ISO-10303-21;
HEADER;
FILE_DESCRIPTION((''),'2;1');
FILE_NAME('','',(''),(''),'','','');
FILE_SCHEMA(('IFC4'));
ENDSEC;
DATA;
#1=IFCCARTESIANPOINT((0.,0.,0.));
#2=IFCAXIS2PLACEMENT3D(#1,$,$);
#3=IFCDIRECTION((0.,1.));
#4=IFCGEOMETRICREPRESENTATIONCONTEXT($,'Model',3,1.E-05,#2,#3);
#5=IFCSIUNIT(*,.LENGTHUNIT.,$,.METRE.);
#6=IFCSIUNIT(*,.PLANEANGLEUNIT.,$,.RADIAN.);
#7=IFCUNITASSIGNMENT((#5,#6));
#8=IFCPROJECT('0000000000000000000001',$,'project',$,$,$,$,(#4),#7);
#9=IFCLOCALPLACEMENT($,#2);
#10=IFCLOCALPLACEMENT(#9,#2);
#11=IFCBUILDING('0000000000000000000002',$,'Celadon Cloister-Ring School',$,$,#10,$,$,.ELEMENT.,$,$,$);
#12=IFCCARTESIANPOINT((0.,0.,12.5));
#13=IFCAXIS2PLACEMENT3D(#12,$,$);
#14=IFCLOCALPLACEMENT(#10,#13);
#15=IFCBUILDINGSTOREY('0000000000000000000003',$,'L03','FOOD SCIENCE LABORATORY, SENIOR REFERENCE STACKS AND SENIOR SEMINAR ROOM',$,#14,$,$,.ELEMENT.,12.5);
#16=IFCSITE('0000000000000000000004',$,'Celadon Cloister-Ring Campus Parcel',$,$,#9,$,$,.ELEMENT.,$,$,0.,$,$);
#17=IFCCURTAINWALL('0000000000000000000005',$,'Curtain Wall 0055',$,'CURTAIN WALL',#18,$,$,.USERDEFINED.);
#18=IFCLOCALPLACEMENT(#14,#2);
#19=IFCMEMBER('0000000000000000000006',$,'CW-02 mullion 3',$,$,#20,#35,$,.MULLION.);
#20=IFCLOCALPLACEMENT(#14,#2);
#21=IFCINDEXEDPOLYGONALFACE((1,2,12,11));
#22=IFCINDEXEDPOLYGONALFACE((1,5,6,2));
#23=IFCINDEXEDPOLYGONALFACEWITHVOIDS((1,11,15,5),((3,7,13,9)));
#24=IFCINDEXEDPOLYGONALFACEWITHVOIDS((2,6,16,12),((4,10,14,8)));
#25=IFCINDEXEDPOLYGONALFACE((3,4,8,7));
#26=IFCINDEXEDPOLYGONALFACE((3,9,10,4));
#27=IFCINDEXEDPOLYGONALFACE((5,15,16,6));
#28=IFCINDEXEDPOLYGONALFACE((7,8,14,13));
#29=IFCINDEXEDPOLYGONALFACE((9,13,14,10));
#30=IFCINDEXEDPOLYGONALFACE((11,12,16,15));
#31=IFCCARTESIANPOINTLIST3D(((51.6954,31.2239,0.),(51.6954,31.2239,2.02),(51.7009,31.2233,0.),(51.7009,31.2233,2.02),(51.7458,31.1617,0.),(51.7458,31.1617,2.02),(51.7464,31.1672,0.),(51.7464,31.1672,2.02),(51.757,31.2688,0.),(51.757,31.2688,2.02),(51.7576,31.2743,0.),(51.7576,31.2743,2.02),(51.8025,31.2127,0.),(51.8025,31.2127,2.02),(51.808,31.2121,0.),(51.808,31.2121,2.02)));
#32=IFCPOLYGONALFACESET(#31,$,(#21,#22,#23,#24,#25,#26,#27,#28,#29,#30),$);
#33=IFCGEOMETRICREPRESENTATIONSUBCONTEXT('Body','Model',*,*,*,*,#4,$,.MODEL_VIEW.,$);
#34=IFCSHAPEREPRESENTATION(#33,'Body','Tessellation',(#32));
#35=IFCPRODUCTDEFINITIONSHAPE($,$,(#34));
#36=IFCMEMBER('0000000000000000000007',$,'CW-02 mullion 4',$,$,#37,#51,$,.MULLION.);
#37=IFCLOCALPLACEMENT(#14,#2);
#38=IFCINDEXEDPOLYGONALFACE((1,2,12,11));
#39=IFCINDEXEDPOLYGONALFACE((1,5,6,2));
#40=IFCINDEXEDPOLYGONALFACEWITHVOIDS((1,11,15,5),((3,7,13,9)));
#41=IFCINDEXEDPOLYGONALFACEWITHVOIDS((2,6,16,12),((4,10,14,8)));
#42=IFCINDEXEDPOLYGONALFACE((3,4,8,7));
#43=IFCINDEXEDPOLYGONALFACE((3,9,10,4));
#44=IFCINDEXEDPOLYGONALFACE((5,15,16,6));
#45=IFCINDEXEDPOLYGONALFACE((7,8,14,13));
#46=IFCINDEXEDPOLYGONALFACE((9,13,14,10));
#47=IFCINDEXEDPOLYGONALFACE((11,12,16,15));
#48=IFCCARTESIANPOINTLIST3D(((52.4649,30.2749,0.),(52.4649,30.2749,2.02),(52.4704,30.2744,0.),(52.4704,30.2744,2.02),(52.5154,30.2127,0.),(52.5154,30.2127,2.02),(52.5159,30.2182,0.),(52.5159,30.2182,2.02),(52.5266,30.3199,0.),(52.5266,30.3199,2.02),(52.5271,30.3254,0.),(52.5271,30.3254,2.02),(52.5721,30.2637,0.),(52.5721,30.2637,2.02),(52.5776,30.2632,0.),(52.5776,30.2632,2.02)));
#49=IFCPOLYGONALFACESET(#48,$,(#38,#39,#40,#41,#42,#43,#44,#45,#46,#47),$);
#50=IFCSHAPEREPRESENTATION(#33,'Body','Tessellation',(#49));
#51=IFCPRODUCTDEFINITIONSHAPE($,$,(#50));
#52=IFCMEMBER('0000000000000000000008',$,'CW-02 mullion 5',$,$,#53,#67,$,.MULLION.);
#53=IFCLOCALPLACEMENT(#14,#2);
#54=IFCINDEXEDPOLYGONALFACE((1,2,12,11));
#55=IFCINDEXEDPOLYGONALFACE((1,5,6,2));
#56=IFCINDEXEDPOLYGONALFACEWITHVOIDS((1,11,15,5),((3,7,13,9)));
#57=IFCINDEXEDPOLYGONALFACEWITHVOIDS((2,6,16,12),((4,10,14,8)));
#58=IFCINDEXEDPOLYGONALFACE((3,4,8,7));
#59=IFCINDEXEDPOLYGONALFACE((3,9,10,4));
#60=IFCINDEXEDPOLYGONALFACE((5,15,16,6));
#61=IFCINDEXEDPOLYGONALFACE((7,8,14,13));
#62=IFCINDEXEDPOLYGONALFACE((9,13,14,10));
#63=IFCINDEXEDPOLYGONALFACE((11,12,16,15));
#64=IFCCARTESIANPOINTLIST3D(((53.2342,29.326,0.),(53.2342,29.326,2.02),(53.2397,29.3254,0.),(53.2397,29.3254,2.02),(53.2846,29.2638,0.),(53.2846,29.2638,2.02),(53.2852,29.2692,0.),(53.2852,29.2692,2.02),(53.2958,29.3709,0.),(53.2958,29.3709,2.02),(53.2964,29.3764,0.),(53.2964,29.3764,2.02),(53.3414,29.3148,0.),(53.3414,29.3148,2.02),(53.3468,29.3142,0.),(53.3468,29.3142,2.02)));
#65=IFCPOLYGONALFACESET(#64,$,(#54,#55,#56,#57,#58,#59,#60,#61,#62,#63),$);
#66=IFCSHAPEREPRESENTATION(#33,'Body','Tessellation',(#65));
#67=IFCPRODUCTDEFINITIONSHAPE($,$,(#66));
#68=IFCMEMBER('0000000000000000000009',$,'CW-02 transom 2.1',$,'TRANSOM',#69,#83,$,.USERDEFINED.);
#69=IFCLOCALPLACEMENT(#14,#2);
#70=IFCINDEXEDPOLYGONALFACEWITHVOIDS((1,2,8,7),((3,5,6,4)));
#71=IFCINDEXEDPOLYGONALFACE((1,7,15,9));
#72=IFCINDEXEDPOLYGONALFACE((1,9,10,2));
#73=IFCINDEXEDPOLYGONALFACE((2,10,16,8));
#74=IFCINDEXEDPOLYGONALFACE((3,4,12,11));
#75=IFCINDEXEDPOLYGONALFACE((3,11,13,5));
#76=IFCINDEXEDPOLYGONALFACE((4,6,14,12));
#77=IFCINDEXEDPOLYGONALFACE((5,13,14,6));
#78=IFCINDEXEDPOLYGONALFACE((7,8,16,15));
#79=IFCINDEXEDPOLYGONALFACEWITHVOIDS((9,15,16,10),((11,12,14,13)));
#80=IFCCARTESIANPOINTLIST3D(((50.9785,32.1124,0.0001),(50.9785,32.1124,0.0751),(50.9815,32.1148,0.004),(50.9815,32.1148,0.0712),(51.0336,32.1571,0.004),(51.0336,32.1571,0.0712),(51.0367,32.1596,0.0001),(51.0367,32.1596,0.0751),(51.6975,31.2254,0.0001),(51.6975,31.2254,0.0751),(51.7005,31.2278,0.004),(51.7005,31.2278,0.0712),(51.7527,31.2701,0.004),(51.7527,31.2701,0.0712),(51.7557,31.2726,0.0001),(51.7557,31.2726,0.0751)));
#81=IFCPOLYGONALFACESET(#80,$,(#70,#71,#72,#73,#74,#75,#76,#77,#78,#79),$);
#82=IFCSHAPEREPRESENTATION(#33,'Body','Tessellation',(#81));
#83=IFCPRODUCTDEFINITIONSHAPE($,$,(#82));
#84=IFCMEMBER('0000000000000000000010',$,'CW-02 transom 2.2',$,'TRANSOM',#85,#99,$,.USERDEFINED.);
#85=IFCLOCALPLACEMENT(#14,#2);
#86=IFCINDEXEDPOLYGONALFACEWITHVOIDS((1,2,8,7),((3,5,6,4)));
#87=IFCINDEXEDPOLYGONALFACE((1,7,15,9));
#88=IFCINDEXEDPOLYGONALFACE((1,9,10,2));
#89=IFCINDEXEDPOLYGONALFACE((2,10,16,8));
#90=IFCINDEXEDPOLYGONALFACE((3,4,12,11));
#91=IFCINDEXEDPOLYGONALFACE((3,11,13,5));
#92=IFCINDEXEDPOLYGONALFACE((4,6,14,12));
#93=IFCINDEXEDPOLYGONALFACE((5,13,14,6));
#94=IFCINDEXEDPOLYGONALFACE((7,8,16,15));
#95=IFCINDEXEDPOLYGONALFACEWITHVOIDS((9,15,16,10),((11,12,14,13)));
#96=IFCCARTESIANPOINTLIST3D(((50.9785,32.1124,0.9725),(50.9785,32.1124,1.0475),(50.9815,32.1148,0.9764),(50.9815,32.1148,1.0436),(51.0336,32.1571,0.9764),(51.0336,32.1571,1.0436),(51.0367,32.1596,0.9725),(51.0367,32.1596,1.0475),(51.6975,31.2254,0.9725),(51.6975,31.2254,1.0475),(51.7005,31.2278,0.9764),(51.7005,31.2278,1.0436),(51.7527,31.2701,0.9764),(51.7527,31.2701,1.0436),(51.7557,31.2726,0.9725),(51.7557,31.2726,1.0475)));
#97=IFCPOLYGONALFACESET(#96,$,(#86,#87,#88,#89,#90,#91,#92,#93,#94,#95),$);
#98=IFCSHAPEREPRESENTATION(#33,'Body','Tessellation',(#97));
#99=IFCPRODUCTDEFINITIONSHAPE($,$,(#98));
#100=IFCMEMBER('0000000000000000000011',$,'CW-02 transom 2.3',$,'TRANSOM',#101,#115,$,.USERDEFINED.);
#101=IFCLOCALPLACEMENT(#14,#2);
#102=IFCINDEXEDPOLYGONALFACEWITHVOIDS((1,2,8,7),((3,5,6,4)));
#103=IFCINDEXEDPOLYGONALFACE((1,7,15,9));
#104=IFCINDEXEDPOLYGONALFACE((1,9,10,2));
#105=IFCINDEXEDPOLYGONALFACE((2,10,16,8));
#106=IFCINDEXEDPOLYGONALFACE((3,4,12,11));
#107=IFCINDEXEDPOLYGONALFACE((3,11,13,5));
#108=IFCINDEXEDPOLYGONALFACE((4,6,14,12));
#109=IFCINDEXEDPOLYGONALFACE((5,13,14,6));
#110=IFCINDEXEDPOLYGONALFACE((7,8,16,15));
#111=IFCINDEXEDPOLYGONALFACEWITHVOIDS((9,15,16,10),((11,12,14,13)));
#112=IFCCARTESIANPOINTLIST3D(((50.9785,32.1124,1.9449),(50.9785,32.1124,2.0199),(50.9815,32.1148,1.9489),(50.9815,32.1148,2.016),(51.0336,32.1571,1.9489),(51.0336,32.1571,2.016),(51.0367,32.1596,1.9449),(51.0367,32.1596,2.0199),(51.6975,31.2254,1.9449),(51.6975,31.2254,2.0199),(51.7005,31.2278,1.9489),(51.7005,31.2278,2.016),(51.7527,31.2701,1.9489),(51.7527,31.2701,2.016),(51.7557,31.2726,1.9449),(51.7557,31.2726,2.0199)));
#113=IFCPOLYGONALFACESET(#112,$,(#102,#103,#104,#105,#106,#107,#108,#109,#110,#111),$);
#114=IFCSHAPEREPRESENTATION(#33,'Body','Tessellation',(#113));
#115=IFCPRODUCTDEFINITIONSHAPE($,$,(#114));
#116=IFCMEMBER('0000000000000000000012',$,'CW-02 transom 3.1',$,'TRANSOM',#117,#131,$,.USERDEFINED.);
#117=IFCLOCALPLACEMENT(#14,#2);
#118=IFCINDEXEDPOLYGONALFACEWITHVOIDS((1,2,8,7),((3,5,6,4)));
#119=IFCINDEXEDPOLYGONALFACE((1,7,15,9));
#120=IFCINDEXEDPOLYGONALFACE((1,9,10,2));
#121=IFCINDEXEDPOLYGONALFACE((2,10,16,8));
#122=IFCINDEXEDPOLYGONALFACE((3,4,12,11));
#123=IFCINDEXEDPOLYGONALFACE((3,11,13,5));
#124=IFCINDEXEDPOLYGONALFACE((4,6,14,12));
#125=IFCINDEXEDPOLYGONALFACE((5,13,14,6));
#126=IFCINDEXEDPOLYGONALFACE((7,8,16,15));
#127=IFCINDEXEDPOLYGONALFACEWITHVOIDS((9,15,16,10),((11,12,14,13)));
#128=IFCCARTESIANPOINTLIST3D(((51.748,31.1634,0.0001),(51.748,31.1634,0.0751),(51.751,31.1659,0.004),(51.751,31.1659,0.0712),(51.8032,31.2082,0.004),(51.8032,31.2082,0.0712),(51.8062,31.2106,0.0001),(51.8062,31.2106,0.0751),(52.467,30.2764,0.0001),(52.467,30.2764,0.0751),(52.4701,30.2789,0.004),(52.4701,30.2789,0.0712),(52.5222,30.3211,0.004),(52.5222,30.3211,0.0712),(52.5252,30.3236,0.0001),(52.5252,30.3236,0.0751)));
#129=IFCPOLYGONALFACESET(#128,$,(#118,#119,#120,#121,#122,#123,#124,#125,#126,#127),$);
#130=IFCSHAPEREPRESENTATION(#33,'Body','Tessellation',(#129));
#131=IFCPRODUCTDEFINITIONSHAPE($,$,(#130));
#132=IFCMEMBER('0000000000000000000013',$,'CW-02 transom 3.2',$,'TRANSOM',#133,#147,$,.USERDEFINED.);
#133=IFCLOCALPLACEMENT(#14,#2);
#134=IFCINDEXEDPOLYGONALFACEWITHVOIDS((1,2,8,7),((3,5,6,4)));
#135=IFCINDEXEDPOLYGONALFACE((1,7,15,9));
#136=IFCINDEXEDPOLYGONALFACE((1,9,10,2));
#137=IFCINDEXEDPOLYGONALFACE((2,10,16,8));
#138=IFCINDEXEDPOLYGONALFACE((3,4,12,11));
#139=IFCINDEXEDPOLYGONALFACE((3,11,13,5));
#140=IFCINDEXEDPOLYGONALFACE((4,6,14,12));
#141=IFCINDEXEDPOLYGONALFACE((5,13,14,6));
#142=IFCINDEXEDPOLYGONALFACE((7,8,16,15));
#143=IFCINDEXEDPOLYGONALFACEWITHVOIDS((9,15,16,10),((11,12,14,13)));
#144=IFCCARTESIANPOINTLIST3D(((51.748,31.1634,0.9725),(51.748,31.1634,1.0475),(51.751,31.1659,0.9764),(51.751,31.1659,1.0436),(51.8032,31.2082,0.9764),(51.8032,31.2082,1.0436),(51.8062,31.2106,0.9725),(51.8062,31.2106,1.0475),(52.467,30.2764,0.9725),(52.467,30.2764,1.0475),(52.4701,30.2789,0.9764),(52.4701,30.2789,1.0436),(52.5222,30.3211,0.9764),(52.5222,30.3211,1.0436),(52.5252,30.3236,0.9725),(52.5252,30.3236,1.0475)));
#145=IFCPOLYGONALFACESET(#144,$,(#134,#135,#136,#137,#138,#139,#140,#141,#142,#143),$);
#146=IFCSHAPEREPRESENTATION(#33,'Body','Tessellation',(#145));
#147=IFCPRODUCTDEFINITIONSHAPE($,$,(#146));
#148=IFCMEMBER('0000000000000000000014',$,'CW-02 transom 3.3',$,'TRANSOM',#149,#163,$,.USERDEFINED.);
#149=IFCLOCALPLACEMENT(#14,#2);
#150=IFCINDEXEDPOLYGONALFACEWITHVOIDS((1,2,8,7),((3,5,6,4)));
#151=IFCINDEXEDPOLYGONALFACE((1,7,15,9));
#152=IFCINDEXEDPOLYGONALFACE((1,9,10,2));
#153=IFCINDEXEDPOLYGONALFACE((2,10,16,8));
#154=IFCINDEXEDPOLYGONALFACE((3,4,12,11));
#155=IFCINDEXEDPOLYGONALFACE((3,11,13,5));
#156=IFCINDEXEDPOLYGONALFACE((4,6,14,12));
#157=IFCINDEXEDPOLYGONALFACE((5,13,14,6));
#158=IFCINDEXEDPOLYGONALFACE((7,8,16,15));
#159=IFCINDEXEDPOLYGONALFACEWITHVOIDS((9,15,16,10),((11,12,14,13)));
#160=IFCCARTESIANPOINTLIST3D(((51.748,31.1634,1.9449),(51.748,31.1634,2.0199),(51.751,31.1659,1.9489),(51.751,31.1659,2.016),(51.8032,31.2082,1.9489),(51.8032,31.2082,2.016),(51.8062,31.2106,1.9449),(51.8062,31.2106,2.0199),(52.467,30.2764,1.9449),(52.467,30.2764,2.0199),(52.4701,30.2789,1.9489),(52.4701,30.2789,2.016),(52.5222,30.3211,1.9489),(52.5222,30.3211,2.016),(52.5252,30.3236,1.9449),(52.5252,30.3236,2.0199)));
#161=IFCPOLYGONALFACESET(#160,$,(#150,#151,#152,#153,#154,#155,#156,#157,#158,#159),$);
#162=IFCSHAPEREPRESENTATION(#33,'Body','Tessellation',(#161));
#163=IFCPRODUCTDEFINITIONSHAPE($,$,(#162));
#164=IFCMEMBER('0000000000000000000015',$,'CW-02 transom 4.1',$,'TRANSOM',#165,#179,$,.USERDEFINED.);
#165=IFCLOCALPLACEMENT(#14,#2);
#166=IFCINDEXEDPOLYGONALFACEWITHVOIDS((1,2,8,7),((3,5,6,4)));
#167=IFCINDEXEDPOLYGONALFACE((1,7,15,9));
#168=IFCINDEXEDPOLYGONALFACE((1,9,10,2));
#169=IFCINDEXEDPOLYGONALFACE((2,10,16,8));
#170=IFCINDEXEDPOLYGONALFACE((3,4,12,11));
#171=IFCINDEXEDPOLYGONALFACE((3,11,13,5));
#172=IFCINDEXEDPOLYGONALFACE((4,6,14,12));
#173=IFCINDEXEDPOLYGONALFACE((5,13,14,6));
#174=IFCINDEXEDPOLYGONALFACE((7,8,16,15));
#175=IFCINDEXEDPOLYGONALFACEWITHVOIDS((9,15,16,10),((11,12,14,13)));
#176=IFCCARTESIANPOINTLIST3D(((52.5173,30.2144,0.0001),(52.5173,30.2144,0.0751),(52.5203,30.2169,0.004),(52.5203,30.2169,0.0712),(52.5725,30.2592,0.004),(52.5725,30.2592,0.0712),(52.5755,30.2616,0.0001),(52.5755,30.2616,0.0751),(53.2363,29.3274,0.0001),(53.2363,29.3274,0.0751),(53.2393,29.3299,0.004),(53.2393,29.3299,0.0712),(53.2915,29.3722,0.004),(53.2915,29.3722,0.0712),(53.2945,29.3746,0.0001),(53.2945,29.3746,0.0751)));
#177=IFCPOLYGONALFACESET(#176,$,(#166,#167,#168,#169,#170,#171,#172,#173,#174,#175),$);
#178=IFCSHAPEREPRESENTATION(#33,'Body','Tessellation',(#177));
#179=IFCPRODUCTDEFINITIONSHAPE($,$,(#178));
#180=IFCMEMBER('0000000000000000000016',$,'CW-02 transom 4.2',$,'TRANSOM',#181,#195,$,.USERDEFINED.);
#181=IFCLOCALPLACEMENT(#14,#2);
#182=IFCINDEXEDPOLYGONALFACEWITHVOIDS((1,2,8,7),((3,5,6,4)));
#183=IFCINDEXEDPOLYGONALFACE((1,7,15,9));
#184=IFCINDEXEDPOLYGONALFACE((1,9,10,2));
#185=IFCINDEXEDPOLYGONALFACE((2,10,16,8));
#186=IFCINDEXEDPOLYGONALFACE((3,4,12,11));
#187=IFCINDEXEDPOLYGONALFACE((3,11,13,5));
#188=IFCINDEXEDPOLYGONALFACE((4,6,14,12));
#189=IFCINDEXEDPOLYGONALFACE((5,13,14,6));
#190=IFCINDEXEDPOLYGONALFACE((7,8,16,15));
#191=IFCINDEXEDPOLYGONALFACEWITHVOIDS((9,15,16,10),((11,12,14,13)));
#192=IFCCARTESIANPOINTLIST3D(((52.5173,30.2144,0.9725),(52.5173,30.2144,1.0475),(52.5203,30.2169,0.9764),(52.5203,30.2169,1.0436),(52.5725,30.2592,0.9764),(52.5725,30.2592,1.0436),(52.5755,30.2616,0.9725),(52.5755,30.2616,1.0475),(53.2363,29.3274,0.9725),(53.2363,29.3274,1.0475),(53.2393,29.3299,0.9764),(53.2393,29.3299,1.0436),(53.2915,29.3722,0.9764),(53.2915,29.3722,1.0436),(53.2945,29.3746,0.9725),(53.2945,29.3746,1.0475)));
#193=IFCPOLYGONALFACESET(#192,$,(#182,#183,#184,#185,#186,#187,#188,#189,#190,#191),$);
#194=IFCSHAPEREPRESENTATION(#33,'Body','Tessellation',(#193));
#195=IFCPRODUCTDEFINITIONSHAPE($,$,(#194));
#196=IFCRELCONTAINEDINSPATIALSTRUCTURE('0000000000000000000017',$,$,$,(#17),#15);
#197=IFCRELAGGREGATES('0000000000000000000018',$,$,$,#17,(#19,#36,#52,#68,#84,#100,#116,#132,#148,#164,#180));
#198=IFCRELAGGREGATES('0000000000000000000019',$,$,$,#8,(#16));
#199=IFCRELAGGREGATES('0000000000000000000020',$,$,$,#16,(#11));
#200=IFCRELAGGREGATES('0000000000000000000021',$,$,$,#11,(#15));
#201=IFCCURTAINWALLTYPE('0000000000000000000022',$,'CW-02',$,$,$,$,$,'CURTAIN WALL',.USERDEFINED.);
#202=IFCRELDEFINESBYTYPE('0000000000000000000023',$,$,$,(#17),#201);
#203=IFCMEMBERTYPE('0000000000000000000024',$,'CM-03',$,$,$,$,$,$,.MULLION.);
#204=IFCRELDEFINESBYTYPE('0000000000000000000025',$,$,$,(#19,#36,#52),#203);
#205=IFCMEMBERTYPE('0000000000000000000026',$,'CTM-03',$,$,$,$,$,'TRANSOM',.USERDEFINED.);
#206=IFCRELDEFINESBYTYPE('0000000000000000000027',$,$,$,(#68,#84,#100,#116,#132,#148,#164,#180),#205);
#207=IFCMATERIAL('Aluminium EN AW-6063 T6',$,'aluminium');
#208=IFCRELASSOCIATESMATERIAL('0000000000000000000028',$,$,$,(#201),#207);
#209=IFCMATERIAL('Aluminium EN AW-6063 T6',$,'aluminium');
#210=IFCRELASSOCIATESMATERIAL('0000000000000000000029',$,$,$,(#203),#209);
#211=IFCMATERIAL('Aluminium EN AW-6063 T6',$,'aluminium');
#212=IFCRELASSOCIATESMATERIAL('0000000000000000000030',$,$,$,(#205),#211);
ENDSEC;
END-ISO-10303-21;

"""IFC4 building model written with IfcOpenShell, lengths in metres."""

from ifc_helpers import new_model, si_unit, direction, frame, origin, origin_2d, place, context, subcontext, project, spatial, hollow_rectangle, extrude, material, material_profile, profile_set, type_object, element, aggregate, save


model = new_model("IFC4")

# Units and contexts
model_context = context("Model", 3, precision=1e-05, world=origin(), true_north=direction((0.0, 1.0)))
body_context = subcontext(model_context, "Body", "Model", "MODEL_VIEW")
ifc_project = project(units=[si_unit("LENGTHUNIT", "METRE"), si_unit("PLANEANGLEUNIT", "RADIAN")], contexts=[model_context])

# Site, building, storey
site_placement = place(None, origin())
site = spatial("IfcSite", under=ifc_project, at=site_placement, Name="Celadon Cloister-Ring Campus Parcel", CompositionType="ELEMENT", RefElevation=0.0)
building_placement = place(site_placement, origin())
building = spatial("IfcBuilding", under=site, at=building_placement, Name="Celadon Cloister-Ring School", CompositionType="ELEMENT")
storey_placement = place(building_placement, frame((0.0, 0.0, 12.5)))
storey = spatial("IfcBuildingStorey", under=building, at=storey_placement, Name="L03", Description="FOOD SCIENCE LABORATORY, SENIOR REFERENCE STACKS AND SENIOR SEMINAR ROOM", CompositionType="ELEMENT", Elevation=12.5)

# Curtain wall, members
ifc_material_1 = material(Name="Aluminium EN AW-6063 T6", Category="aluminium")
curtain_wall_type = type_object("IfcCurtainWallType", Name="CW-02", ElementType="CURTAIN WALL", PredefinedType="USERDEFINED", material=ifc_material_1)
curtain_wall_placement = place(storey_placement, origin())
curtain_wall = element("IfcCurtainWall", 1, at=curtain_wall_placement, inside=storey, type_object=curtain_wall_type, Name="Curtain Wall 0055", ObjectType="CURTAIN WALL", PredefinedType="USERDEFINED")
ifc_material_2 = material(Name="Aluminium EN AW-6063 T6", Category="aluminium")
ifc_material_profile_1 = material_profile(ifc_material_2, hollow_rectangle(XDim=0.0801, YDim=0.0801, WallThickness=0.0039, at=origin_2d()), Name="RHS80X80X4")
ifc_profile_set_1 = profile_set([ifc_material_profile_1], Name="Aluminium EN AW-6063 T6")
member_type_1 = type_object("IfcMemberType", Name="CM-03", PredefinedType="MULLION", material=ifc_profile_set_1)
member_1_placement = place(storey_placement, frame((51.7517, 31.218, 0.0), z_axis=(0.0, 0.0, 1.0), x_axis=(0.77678, 0.629773, 0.0)))
member_1 = element("IfcMember", 2, at=member_1_placement, type_object=member_type_1, Name="CW-02 mullion 3", PredefinedType="MULLION", context=body_context, shape_type="SweptSolid", body=[
    extrude(hollow_rectangle(XDim=0.0801, YDim=0.0801, WallThickness=0.0039, at=origin_2d()), origin(), (0.0, 0.0, 1.0), 2.02),
])
member_2_placement = place(storey_placement, frame((52.5212, 30.269, 0.0), z_axis=(0.0, 0.0, 1.0), x_axis=(0.77678, 0.629773, 0.0)))
member_2 = element("IfcMember", 3, at=member_2_placement, type_object=member_type_1, Name="CW-02 mullion 4", PredefinedType="MULLION", context=body_context, shape_type="SweptSolid", body=[
    extrude(hollow_rectangle(XDim=0.0801, YDim=0.0801, WallThickness=0.0039, at=origin_2d()), origin(), (0.0, 0.0, 1.0), 2.02),
])
member_3_placement = place(storey_placement, frame((53.2905, 29.3201, 0.0), z_axis=(0.0, 0.0, 1.0), x_axis=(0.77678, 0.629773, 0.0)))
member_3 = element("IfcMember", 4, at=member_3_placement, type_object=member_type_1, Name="CW-02 mullion 5", PredefinedType="MULLION", context=body_context, shape_type="SweptSolid", body=[
    extrude(hollow_rectangle(XDim=0.0801, YDim=0.0801, WallThickness=0.0039, at=origin_2d()), origin(), (0.0, 0.0, 1.0), 2.02),
])
ifc_material_3 = material(Name="Aluminium EN AW-6063 T6", Category="aluminium")
ifc_material_profile_2 = material_profile(ifc_material_3, hollow_rectangle(XDim=0.075, YDim=0.075, WallThickness=0.0039, at=origin_2d()), Name="RHS75X75X4")
ifc_profile_set_2 = profile_set([ifc_material_profile_2], Name="Aluminium EN AW-6063 T6")
member_type_2 = type_object("IfcMemberType", Name="CTM-03", ElementType="TRANSOM", PredefinedType="USERDEFINED", material=ifc_profile_set_2)
member_4_placement = place(storey_placement, frame((51.0076, 32.136, 0.0376), z_axis=(0.629715, -0.776826, 0.0), x_axis=(0.776826, 0.629715, 0.0)))
member_4 = element("IfcMember", 5, at=member_4_placement, type_object=member_type_2, Name="CW-02 transom 2.1", ObjectType="TRANSOM", PredefinedType="USERDEFINED", context=body_context, shape_type="SweptSolid", body=[
    extrude(hollow_rectangle(XDim=0.075, YDim=0.075, WallThickness=0.0039, at=origin_2d()), origin(), (0.0, 0.0, 1.0), 1.1418),
])
member_5_placement = place(storey_placement, frame((51.0076, 32.136, 1.01), z_axis=(0.629715, -0.776826, 0.0), x_axis=(0.776826, 0.629715, 0.0)))
member_5 = element("IfcMember", 6, at=member_5_placement, type_object=member_type_2, Name="CW-02 transom 2.2", ObjectType="TRANSOM", PredefinedType="USERDEFINED", context=body_context, shape_type="SweptSolid", body=[
    extrude(hollow_rectangle(XDim=0.075, YDim=0.075, WallThickness=0.0039, at=origin_2d()), origin(), (0.0, 0.0, 1.0), 1.1418),
])
member_6_placement = place(storey_placement, frame((51.0076, 32.136, 1.9824), z_axis=(0.629715, -0.776826, 0.0), x_axis=(0.776826, 0.629715, 0.0)))
member_6 = element("IfcMember", 7, at=member_6_placement, type_object=member_type_2, Name="CW-02 transom 2.3", ObjectType="TRANSOM", PredefinedType="USERDEFINED", context=body_context, shape_type="SweptSolid", body=[
    extrude(hollow_rectangle(XDim=0.075, YDim=0.075, WallThickness=0.0039, at=origin_2d()), origin(), (0.0, 0.0, 1.0), 1.1418),
])
member_7_placement = place(storey_placement, frame((51.7771, 31.187, 0.0376), z_axis=(0.629715, -0.776826, 0.0), x_axis=(0.776826, 0.629715, 0.0)))
member_7 = element("IfcMember", 8, at=member_7_placement, type_object=member_type_2, Name="CW-02 transom 3.1", ObjectType="TRANSOM", PredefinedType="USERDEFINED", context=body_context, shape_type="SweptSolid", body=[
    extrude(hollow_rectangle(XDim=0.075, YDim=0.075, WallThickness=0.0039, at=origin_2d()), origin(), (0.0, 0.0, 1.0), 1.1418),
])
member_8_placement = place(storey_placement, frame((51.7771, 31.187, 1.01), z_axis=(0.629715, -0.776826, 0.0), x_axis=(0.776826, 0.629715, 0.0)))
member_8 = element("IfcMember", 9, at=member_8_placement, type_object=member_type_2, Name="CW-02 transom 3.2", ObjectType="TRANSOM", PredefinedType="USERDEFINED", context=body_context, shape_type="SweptSolid", body=[
    extrude(hollow_rectangle(XDim=0.075, YDim=0.075, WallThickness=0.0039, at=origin_2d()), origin(), (0.0, 0.0, 1.0), 1.1418),
])
member_9_placement = place(storey_placement, frame((51.7771, 31.187, 1.9824), z_axis=(0.629715, -0.776826, 0.0), x_axis=(0.776826, 0.629715, 0.0)))
member_9 = element("IfcMember", 10, at=member_9_placement, type_object=member_type_2, Name="CW-02 transom 3.3", ObjectType="TRANSOM", PredefinedType="USERDEFINED", context=body_context, shape_type="SweptSolid", body=[
    extrude(hollow_rectangle(XDim=0.075, YDim=0.075, WallThickness=0.0039, at=origin_2d()), origin(), (0.0, 0.0, 1.0), 1.1418),
])
member_10_placement = place(storey_placement, frame((52.5464, 30.238, 0.0376), z_axis=(0.629715, -0.776826, 0.0), x_axis=(0.776826, 0.629715, 0.0)))
member_10 = element("IfcMember", 11, at=member_10_placement, type_object=member_type_2, Name="CW-02 transom 4.1", ObjectType="TRANSOM", PredefinedType="USERDEFINED", context=body_context, shape_type="SweptSolid", body=[
    extrude(hollow_rectangle(XDim=0.075, YDim=0.075, WallThickness=0.0039, at=origin_2d()), origin(), (0.0, 0.0, 1.0), 1.1418),
])
member_11_placement = place(storey_placement, frame((52.5464, 30.238, 1.01), z_axis=(0.629715, -0.776826, 0.0), x_axis=(0.776826, 0.629715, 0.0)))
member_11 = element("IfcMember", 12, at=member_11_placement, type_object=member_type_2, Name="CW-02 transom 4.2", ObjectType="TRANSOM", PredefinedType="USERDEFINED", context=body_context, shape_type="SweptSolid", body=[
    extrude(hollow_rectangle(XDim=0.075, YDim=0.075, WallThickness=0.0039, at=origin_2d()), origin(), (0.0, 0.0, 1.0), 1.1418),
])
aggregate(curtain_wall, [member_1, member_2, member_3, member_4, member_5, member_6, member_7, member_8, member_9, member_10, member_11])

save(model, "model.ifc")
